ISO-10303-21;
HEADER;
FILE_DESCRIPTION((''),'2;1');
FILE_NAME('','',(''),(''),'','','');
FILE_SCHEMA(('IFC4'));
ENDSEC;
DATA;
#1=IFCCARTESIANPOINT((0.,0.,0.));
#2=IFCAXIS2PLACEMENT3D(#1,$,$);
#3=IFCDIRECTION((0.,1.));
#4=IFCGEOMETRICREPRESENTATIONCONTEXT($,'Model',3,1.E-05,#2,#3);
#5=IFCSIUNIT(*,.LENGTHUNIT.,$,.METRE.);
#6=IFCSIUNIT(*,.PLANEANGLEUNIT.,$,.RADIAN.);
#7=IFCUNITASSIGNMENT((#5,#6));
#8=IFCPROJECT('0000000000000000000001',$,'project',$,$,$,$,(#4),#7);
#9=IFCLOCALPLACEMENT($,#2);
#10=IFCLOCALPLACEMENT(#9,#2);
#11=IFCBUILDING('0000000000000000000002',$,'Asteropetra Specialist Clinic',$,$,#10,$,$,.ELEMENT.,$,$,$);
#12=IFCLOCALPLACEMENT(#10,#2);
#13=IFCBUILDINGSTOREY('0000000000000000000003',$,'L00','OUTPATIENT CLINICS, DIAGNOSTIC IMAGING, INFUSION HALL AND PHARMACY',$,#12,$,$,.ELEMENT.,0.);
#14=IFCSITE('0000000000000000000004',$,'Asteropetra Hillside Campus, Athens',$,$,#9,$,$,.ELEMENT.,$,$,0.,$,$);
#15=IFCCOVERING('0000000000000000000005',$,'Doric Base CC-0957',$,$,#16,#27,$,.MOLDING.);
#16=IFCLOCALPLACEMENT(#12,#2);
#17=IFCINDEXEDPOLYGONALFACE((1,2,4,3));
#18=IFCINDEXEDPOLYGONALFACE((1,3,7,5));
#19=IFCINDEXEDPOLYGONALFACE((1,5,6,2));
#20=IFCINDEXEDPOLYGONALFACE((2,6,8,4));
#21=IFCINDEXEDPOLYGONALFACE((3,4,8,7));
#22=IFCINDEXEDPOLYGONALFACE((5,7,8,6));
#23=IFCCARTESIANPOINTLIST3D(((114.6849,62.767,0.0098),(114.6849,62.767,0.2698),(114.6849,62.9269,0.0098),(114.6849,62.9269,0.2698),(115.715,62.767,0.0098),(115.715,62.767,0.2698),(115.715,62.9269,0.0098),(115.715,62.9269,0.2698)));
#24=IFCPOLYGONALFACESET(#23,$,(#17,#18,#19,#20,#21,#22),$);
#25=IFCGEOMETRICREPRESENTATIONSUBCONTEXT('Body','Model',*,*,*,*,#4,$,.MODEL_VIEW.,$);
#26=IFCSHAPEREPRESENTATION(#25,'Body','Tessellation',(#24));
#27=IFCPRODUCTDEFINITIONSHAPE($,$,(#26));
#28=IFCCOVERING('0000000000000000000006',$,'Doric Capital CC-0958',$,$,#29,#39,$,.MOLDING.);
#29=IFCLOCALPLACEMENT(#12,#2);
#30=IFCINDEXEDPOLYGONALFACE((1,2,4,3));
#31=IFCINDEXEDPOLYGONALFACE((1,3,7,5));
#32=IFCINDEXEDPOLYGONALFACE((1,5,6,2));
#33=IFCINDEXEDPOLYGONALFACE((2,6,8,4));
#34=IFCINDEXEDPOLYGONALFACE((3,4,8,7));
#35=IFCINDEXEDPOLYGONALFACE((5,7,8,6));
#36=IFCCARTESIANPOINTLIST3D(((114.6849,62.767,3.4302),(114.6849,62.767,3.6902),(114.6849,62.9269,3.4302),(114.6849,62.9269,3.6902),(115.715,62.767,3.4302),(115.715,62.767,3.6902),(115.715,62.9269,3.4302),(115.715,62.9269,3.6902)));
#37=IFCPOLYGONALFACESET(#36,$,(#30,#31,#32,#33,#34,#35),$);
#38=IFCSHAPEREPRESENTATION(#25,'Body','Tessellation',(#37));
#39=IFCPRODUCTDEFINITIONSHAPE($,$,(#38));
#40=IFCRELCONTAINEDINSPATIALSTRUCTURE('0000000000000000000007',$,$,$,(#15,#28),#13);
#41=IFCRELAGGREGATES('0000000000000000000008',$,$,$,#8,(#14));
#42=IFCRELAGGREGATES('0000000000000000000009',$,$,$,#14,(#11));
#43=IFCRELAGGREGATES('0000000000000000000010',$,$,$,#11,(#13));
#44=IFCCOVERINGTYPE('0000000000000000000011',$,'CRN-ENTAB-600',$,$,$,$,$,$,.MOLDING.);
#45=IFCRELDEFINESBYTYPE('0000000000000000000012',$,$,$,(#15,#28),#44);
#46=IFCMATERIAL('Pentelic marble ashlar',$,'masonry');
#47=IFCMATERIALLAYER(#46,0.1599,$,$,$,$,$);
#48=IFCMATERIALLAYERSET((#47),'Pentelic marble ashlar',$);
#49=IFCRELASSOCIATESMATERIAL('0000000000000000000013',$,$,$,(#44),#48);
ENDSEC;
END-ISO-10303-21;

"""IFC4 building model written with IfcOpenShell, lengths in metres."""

from ifc_helpers import new_model, si_unit, direction, frame, origin, origin_2d, place, context, subcontext, project, spatial, rectangle, extrude, material, layer, layer_set, type_object, element, save


model = new_model("IFC4")

# Units and contexts
model_context = context("Model", 3, precision=1e-05, world=origin(), true_north=direction((0.0, 1.0)))
body_context = subcontext(model_context, "Body", "Model", "MODEL_VIEW")
ifc_project = project(units=[si_unit("LENGTHUNIT", "METRE"), si_unit("PLANEANGLEUNIT", "RADIAN")], contexts=[model_context])

# Site, building, storey
site_placement = place(None, origin())
site = spatial("IfcSite", under=ifc_project, at=site_placement, Name="Asteropetra Hillside Campus, Athens", CompositionType="ELEMENT", RefElevation=0.0)
building_placement = place(site_placement, origin())
building = spatial("IfcBuilding", under=site, at=building_placement, Name="Asteropetra Specialist Clinic", CompositionType="ELEMENT")
storey_placement = place(building_placement, origin())
storey = spatial("IfcBuildingStorey", under=building, at=storey_placement, Name="L00", Description="OUTPATIENT CLINICS, DIAGNOSTIC IMAGING, INFUSION HALL AND PHARMACY", CompositionType="ELEMENT", Elevation=0.0)

# Coverings
ifc_material_1 = material(Name="Pentelic marble ashlar", Category="masonry")
ifc_layer_1 = layer(ifc_material_1, 0.1599)
ifc_layer_set_1 = layer_set([ifc_layer_1], Name="Pentelic marble ashlar")
covering_type = type_object("IfcCoveringType", Name="CRN-ENTAB-600", PredefinedType="MOLDING", material=ifc_layer_set_1)
for number, where, z_axis, x_axis, name in (
    (1, (115.2, 62.8469, 0.0098), (0.0, 0.0, 1.0), (1.0, 0.0, 0.0), "Doric Base CC-0957"),
    (2, (115.2, 62.8469, 3.4302), (0.0, 0.0, 1.0), (1.0, 0.0, 0.0), "Doric Capital CC-0958"),
):
    element("IfcCovering", number, at=place(storey_placement, frame(where, z_axis=z_axis, x_axis=x_axis)), inside=storey, type_object=covering_type, Name=name, PredefinedType="MOLDING", context=body_context, shape_type="SweptSolid", body=[
        extrude(rectangle(XDim=1.03, YDim=0.1599, at=origin_2d()), origin(), (0.0, 0.0, 1.0), 0.26),
    ])

save(model, "model.ifc")
